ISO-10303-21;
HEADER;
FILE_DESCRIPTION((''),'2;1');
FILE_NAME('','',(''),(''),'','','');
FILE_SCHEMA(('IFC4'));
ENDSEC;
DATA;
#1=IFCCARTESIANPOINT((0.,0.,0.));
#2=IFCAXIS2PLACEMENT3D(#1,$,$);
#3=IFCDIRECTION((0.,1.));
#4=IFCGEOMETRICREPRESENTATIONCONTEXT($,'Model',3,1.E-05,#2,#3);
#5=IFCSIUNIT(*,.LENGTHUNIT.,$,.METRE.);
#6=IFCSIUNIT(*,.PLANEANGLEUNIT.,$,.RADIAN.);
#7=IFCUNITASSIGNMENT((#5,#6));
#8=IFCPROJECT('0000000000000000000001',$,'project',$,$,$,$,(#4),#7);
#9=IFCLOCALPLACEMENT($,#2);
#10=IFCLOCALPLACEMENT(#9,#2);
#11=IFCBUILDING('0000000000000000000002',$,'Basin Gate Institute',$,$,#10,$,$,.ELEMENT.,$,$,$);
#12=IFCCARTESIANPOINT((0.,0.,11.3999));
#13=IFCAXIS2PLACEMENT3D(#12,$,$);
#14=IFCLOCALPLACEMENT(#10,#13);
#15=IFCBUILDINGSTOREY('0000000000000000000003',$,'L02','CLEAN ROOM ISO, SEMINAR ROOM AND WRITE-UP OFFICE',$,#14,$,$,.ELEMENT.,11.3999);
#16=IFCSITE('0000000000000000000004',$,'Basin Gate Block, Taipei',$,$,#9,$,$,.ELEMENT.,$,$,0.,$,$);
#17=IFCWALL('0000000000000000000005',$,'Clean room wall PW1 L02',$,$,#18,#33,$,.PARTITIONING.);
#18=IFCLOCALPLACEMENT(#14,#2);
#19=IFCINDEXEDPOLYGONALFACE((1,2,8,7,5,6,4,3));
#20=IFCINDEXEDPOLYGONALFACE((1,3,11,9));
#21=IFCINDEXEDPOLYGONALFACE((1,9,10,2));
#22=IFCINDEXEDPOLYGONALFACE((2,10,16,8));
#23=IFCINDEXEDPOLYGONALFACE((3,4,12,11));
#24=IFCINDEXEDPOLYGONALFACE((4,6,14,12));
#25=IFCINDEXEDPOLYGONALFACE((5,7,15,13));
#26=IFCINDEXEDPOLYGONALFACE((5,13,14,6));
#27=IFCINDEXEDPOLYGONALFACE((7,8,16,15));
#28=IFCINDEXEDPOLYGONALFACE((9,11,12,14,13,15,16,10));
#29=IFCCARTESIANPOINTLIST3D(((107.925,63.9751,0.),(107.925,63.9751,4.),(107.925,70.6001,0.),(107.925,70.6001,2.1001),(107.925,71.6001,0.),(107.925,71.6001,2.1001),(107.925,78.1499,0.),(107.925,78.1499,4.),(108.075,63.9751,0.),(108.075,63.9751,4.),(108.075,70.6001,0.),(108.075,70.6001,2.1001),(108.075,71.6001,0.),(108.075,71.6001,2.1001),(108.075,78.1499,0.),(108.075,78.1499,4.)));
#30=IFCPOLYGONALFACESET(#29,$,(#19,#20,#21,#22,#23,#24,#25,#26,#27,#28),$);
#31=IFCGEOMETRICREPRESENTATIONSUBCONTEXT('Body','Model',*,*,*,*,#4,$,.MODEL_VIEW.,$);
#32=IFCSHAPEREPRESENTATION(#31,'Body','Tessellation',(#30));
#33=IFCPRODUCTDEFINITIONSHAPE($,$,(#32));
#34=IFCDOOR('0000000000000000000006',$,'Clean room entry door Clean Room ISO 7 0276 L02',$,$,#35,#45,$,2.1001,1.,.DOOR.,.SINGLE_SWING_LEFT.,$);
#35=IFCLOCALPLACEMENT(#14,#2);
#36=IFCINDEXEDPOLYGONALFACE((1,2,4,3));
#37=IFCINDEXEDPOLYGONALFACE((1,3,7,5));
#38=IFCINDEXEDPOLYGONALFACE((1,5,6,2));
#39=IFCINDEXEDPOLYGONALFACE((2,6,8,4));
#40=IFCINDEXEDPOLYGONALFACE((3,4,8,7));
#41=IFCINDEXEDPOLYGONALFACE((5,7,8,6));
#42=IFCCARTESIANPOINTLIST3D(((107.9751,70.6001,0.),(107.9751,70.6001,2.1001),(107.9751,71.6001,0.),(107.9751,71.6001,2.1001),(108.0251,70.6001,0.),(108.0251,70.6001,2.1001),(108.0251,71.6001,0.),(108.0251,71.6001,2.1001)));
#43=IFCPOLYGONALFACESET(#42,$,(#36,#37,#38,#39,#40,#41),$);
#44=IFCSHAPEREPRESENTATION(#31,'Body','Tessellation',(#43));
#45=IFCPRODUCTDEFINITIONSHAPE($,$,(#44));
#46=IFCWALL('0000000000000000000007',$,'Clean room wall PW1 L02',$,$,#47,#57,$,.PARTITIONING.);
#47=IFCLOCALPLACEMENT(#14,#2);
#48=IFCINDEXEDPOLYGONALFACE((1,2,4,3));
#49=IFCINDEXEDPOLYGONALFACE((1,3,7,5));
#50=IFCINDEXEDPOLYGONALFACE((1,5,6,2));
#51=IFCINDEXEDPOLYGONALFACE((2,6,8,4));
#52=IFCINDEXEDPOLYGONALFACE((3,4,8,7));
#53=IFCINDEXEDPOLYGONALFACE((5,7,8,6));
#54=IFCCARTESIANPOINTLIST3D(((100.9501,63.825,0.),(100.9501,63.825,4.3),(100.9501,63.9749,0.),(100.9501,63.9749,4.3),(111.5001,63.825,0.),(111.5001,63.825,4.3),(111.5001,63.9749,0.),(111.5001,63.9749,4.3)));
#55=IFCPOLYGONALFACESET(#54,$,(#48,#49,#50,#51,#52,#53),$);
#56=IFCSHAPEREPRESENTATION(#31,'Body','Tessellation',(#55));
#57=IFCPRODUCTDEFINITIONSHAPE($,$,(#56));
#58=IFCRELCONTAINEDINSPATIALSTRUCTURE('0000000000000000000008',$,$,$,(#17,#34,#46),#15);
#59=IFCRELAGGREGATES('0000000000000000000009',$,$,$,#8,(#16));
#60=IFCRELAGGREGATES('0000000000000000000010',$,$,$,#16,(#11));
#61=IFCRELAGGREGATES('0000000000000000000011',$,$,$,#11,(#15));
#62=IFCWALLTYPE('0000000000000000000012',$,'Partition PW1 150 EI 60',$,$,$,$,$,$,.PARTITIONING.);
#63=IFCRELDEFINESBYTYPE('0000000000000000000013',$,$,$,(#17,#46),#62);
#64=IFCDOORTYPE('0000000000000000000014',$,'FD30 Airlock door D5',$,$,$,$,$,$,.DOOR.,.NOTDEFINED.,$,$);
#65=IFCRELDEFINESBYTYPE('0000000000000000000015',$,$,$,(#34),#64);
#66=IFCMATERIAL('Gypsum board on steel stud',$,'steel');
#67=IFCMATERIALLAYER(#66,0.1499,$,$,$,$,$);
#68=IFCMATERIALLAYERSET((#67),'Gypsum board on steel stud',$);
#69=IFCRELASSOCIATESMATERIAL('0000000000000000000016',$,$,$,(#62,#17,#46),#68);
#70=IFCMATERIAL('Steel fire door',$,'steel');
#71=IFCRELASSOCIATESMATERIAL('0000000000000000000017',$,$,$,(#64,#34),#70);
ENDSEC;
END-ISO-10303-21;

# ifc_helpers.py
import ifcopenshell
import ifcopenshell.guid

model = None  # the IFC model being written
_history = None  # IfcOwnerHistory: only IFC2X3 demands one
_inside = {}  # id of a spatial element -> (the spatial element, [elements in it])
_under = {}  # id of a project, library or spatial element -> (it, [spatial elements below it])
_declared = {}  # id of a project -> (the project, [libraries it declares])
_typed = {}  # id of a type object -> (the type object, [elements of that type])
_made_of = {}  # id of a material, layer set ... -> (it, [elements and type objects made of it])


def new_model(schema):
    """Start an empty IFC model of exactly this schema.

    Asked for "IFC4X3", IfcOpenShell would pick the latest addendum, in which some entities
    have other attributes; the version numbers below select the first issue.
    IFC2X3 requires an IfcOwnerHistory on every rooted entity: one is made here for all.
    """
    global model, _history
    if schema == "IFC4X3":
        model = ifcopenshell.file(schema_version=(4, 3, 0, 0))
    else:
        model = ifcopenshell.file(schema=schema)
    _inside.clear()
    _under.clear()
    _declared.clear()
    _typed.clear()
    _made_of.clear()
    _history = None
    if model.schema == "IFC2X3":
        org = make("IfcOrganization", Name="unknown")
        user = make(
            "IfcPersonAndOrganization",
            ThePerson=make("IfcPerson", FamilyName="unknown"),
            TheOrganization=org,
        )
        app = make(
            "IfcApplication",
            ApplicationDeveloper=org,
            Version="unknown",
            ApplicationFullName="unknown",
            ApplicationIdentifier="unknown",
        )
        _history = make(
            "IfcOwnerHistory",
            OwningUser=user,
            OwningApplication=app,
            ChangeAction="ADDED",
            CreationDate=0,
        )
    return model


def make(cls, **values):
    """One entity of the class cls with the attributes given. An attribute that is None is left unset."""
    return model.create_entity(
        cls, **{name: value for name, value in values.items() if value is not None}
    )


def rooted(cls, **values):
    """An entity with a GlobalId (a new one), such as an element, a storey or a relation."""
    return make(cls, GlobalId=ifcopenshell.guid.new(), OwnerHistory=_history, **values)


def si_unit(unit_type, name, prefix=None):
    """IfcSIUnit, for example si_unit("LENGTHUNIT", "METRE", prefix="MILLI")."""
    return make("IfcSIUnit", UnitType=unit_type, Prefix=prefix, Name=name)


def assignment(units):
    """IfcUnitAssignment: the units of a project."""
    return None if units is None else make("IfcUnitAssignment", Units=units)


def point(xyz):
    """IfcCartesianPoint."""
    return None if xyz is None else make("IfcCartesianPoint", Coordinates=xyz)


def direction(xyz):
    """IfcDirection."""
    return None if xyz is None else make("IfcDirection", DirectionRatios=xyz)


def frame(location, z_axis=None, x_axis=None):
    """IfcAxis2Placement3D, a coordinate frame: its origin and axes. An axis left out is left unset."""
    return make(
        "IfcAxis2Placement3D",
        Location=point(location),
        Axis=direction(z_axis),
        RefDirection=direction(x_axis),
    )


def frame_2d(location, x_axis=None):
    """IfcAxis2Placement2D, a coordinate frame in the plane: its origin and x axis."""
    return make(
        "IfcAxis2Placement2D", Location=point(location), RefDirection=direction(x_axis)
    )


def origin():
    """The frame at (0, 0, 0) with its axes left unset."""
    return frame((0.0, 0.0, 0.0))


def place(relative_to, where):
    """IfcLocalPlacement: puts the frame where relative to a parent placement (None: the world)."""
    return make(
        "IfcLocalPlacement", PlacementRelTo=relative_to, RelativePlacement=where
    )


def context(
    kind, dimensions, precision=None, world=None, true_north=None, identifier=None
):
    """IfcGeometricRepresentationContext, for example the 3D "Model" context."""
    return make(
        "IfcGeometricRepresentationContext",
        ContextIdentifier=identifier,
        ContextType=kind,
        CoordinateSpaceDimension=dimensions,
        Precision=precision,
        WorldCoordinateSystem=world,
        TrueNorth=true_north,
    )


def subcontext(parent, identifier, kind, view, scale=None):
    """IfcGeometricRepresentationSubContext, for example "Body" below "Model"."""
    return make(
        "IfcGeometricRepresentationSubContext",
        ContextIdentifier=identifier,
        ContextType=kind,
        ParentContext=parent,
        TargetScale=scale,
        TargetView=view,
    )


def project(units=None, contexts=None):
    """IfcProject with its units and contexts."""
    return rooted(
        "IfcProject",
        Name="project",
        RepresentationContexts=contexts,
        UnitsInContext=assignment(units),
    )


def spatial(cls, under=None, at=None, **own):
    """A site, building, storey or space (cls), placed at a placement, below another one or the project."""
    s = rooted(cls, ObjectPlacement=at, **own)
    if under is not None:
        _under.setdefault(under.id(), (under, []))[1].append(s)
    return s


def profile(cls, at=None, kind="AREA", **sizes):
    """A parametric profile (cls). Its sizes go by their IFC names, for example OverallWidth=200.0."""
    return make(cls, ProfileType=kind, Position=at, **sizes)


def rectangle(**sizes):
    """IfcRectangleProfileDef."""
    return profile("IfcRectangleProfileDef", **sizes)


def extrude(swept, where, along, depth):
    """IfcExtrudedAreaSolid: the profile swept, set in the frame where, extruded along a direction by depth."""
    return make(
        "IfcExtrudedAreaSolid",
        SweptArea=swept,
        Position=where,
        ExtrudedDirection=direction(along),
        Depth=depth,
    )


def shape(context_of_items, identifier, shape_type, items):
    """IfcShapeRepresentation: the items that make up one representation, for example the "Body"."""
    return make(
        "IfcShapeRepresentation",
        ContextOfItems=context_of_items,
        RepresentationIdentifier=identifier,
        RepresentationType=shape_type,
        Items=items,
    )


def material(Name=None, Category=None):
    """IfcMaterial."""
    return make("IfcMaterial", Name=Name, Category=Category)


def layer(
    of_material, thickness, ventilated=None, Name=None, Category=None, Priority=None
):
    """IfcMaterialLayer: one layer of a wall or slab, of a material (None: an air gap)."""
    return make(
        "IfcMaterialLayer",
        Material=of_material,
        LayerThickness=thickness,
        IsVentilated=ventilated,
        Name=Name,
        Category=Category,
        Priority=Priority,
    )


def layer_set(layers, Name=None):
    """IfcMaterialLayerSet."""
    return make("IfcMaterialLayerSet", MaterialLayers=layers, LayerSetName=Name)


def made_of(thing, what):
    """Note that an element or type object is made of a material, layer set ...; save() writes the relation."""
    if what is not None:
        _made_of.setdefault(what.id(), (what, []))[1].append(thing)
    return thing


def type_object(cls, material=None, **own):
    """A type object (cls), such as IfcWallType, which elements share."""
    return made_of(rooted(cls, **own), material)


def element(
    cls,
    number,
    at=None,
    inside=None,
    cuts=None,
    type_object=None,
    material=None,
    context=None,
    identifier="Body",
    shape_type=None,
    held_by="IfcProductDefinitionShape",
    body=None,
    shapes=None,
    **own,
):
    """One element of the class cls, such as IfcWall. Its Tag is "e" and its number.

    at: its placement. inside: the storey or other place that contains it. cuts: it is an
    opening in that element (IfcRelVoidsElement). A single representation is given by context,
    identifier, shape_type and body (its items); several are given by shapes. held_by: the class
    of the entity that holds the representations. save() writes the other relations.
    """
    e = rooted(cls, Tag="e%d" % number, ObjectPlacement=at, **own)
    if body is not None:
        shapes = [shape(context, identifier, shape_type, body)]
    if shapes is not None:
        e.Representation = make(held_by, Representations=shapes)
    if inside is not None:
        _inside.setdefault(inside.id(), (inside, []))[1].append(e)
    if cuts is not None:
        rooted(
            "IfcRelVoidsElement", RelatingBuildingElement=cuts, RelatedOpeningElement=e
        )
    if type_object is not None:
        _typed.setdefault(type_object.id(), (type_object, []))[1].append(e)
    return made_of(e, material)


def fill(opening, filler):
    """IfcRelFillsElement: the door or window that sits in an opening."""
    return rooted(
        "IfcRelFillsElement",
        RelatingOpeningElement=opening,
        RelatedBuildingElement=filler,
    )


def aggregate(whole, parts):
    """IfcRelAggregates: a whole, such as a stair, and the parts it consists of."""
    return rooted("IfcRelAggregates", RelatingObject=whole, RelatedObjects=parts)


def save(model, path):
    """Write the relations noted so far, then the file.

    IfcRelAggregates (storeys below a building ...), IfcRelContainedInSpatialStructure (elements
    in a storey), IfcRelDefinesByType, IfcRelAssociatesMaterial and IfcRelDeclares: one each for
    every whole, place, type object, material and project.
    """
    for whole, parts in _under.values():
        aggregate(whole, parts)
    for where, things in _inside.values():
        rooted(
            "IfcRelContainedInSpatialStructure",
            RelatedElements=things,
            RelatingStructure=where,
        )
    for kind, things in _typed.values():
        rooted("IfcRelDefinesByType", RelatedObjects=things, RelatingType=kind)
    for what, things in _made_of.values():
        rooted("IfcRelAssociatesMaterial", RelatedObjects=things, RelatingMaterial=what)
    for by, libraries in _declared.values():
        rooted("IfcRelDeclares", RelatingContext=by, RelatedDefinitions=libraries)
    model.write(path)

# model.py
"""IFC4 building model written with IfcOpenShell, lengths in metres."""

from ifc_helpers import new_model, si_unit, direction, frame, frame_2d, origin, place, context, subcontext, project, spatial, rectangle, extrude, material, layer, layer_set, type_object, element, fill, save


model = new_model("IFC4")

# Units and contexts
model_context = context("Model", 3, precision=1e-05, world=origin(), true_north=direction((0.0, 1.0)))
body_context = subcontext(model_context, "Body", "Model", "MODEL_VIEW")
ifc_project = project(units=[si_unit("LENGTHUNIT", "METRE"), si_unit("PLANEANGLEUNIT", "RADIAN")], contexts=[model_context])

# Site, building, storey
site_placement = place(None, origin())
site = spatial("IfcSite", under=ifc_project, at=site_placement, Name="Basin Gate Block, Taipei", CompositionType="ELEMENT", RefElevation=0.0)
building_placement = place(site_placement, origin())
building = spatial("IfcBuilding", under=site, at=building_placement, Name="Basin Gate Institute", CompositionType="ELEMENT")
storey_placement = place(building_placement, frame((0.0, 0.0, 11.3999)))
storey = spatial("IfcBuildingStorey", under=building, at=storey_placement, Name="L02", Description="CLEAN ROOM ISO, SEMINAR ROOM AND WRITE-UP OFFICE", CompositionType="ELEMENT", Elevation=11.3999)

# Wall, opening, door
ifc_material_1 = material(Name="Gypsum board on steel stud", Category="steel")
ifc_layer_1 = layer(ifc_material_1, 0.1499)
ifc_layer_set_1 = layer_set([ifc_layer_1], Name="Gypsum board on steel stud")
wall_type = type_object("IfcWallType", Name="Partition PW1 150 EI 60", PredefinedType="PARTITIONING", material=ifc_layer_set_1)
wall_1_placement = place(storey_placement, frame((108.0, 63.9751, 0.0), z_axis=(0.0, 0.0, 1.0), x_axis=(0.0, 1.0, 0.0)))
wall_1 = element("IfcWall", 1, at=wall_1_placement, inside=storey, type_object=wall_type, material=ifc_layer_set_1, Name="Clean room wall PW1 L02", PredefinedType="PARTITIONING", context=body_context, shape_type="SweptSolid", body=[
    extrude(rectangle(XDim=14.1748, YDim=0.1499, at=frame_2d((7.0874, 0.0))), origin(), (0.0, 0.0, 1.0), 4.0),
])
opening_placement = place(wall_1_placement, frame((6.625, 0.0, 0.0)))
opening = element("IfcOpeningElement", 2, at=opening_placement, cuts=wall_1, PredefinedType="OPENING", context=body_context, shape_type="SweptSolid", body=[
    extrude(rectangle(XDim=1.0, YDim=2.1001, at=frame_2d((0.5, 1.05))), frame((0.0, 0.085, 0.0), z_axis=(0.0, -1.0, 0.0), x_axis=(1.0, 0.0, 0.0)), (0.0, 0.0, 1.0), 0.1699),
])
ifc_material_2 = material(Name="Steel fire door", Category="steel")
door_type = type_object("IfcDoorType", Name="FD30 Airlock door D5", OperationType="NOTDEFINED", PredefinedType="DOOR", material=ifc_material_2)
door_placement = place(opening_placement, origin())
door = element("IfcDoor", 3, at=door_placement, inside=storey, type_object=door_type, material=ifc_material_2, Name="Clean room entry door Clean Room ISO 7 0276 L02", OperationType="SINGLE_SWING_LEFT", OverallHeight=2.1001, OverallWidth=1.0, PredefinedType="DOOR", context=body_context, shape_type="SweptSolid", body=[
    extrude(rectangle(XDim=1.0, YDim=2.1001, at=frame_2d((0.5, 1.05))), frame((0.0, 0.0249, 0.0), z_axis=(0.0, -1.0, 0.0), x_axis=(1.0, 0.0, 0.0)), (0.0, 0.0, 1.0), 0.05),
])
fill(opening, door)

# Wall
wall_2_placement = place(storey_placement, frame((111.5, 63.8999, 0.0), z_axis=(0.0, 0.0, 1.0), x_axis=(-1.0, 0.0, 0.0)))
element("IfcWall", 4, at=wall_2_placement, inside=storey, type_object=wall_type, material=ifc_layer_set_1, Name="Clean room wall PW1 L02", PredefinedType="PARTITIONING", context=body_context, shape_type="SweptSolid", body=[
    extrude(rectangle(XDim=10.55, YDim=0.1499, at=frame_2d((5.2749, 0.0))), origin(), (0.0, 0.0, 1.0), 4.3),
])

save(model, "model.ifc")
